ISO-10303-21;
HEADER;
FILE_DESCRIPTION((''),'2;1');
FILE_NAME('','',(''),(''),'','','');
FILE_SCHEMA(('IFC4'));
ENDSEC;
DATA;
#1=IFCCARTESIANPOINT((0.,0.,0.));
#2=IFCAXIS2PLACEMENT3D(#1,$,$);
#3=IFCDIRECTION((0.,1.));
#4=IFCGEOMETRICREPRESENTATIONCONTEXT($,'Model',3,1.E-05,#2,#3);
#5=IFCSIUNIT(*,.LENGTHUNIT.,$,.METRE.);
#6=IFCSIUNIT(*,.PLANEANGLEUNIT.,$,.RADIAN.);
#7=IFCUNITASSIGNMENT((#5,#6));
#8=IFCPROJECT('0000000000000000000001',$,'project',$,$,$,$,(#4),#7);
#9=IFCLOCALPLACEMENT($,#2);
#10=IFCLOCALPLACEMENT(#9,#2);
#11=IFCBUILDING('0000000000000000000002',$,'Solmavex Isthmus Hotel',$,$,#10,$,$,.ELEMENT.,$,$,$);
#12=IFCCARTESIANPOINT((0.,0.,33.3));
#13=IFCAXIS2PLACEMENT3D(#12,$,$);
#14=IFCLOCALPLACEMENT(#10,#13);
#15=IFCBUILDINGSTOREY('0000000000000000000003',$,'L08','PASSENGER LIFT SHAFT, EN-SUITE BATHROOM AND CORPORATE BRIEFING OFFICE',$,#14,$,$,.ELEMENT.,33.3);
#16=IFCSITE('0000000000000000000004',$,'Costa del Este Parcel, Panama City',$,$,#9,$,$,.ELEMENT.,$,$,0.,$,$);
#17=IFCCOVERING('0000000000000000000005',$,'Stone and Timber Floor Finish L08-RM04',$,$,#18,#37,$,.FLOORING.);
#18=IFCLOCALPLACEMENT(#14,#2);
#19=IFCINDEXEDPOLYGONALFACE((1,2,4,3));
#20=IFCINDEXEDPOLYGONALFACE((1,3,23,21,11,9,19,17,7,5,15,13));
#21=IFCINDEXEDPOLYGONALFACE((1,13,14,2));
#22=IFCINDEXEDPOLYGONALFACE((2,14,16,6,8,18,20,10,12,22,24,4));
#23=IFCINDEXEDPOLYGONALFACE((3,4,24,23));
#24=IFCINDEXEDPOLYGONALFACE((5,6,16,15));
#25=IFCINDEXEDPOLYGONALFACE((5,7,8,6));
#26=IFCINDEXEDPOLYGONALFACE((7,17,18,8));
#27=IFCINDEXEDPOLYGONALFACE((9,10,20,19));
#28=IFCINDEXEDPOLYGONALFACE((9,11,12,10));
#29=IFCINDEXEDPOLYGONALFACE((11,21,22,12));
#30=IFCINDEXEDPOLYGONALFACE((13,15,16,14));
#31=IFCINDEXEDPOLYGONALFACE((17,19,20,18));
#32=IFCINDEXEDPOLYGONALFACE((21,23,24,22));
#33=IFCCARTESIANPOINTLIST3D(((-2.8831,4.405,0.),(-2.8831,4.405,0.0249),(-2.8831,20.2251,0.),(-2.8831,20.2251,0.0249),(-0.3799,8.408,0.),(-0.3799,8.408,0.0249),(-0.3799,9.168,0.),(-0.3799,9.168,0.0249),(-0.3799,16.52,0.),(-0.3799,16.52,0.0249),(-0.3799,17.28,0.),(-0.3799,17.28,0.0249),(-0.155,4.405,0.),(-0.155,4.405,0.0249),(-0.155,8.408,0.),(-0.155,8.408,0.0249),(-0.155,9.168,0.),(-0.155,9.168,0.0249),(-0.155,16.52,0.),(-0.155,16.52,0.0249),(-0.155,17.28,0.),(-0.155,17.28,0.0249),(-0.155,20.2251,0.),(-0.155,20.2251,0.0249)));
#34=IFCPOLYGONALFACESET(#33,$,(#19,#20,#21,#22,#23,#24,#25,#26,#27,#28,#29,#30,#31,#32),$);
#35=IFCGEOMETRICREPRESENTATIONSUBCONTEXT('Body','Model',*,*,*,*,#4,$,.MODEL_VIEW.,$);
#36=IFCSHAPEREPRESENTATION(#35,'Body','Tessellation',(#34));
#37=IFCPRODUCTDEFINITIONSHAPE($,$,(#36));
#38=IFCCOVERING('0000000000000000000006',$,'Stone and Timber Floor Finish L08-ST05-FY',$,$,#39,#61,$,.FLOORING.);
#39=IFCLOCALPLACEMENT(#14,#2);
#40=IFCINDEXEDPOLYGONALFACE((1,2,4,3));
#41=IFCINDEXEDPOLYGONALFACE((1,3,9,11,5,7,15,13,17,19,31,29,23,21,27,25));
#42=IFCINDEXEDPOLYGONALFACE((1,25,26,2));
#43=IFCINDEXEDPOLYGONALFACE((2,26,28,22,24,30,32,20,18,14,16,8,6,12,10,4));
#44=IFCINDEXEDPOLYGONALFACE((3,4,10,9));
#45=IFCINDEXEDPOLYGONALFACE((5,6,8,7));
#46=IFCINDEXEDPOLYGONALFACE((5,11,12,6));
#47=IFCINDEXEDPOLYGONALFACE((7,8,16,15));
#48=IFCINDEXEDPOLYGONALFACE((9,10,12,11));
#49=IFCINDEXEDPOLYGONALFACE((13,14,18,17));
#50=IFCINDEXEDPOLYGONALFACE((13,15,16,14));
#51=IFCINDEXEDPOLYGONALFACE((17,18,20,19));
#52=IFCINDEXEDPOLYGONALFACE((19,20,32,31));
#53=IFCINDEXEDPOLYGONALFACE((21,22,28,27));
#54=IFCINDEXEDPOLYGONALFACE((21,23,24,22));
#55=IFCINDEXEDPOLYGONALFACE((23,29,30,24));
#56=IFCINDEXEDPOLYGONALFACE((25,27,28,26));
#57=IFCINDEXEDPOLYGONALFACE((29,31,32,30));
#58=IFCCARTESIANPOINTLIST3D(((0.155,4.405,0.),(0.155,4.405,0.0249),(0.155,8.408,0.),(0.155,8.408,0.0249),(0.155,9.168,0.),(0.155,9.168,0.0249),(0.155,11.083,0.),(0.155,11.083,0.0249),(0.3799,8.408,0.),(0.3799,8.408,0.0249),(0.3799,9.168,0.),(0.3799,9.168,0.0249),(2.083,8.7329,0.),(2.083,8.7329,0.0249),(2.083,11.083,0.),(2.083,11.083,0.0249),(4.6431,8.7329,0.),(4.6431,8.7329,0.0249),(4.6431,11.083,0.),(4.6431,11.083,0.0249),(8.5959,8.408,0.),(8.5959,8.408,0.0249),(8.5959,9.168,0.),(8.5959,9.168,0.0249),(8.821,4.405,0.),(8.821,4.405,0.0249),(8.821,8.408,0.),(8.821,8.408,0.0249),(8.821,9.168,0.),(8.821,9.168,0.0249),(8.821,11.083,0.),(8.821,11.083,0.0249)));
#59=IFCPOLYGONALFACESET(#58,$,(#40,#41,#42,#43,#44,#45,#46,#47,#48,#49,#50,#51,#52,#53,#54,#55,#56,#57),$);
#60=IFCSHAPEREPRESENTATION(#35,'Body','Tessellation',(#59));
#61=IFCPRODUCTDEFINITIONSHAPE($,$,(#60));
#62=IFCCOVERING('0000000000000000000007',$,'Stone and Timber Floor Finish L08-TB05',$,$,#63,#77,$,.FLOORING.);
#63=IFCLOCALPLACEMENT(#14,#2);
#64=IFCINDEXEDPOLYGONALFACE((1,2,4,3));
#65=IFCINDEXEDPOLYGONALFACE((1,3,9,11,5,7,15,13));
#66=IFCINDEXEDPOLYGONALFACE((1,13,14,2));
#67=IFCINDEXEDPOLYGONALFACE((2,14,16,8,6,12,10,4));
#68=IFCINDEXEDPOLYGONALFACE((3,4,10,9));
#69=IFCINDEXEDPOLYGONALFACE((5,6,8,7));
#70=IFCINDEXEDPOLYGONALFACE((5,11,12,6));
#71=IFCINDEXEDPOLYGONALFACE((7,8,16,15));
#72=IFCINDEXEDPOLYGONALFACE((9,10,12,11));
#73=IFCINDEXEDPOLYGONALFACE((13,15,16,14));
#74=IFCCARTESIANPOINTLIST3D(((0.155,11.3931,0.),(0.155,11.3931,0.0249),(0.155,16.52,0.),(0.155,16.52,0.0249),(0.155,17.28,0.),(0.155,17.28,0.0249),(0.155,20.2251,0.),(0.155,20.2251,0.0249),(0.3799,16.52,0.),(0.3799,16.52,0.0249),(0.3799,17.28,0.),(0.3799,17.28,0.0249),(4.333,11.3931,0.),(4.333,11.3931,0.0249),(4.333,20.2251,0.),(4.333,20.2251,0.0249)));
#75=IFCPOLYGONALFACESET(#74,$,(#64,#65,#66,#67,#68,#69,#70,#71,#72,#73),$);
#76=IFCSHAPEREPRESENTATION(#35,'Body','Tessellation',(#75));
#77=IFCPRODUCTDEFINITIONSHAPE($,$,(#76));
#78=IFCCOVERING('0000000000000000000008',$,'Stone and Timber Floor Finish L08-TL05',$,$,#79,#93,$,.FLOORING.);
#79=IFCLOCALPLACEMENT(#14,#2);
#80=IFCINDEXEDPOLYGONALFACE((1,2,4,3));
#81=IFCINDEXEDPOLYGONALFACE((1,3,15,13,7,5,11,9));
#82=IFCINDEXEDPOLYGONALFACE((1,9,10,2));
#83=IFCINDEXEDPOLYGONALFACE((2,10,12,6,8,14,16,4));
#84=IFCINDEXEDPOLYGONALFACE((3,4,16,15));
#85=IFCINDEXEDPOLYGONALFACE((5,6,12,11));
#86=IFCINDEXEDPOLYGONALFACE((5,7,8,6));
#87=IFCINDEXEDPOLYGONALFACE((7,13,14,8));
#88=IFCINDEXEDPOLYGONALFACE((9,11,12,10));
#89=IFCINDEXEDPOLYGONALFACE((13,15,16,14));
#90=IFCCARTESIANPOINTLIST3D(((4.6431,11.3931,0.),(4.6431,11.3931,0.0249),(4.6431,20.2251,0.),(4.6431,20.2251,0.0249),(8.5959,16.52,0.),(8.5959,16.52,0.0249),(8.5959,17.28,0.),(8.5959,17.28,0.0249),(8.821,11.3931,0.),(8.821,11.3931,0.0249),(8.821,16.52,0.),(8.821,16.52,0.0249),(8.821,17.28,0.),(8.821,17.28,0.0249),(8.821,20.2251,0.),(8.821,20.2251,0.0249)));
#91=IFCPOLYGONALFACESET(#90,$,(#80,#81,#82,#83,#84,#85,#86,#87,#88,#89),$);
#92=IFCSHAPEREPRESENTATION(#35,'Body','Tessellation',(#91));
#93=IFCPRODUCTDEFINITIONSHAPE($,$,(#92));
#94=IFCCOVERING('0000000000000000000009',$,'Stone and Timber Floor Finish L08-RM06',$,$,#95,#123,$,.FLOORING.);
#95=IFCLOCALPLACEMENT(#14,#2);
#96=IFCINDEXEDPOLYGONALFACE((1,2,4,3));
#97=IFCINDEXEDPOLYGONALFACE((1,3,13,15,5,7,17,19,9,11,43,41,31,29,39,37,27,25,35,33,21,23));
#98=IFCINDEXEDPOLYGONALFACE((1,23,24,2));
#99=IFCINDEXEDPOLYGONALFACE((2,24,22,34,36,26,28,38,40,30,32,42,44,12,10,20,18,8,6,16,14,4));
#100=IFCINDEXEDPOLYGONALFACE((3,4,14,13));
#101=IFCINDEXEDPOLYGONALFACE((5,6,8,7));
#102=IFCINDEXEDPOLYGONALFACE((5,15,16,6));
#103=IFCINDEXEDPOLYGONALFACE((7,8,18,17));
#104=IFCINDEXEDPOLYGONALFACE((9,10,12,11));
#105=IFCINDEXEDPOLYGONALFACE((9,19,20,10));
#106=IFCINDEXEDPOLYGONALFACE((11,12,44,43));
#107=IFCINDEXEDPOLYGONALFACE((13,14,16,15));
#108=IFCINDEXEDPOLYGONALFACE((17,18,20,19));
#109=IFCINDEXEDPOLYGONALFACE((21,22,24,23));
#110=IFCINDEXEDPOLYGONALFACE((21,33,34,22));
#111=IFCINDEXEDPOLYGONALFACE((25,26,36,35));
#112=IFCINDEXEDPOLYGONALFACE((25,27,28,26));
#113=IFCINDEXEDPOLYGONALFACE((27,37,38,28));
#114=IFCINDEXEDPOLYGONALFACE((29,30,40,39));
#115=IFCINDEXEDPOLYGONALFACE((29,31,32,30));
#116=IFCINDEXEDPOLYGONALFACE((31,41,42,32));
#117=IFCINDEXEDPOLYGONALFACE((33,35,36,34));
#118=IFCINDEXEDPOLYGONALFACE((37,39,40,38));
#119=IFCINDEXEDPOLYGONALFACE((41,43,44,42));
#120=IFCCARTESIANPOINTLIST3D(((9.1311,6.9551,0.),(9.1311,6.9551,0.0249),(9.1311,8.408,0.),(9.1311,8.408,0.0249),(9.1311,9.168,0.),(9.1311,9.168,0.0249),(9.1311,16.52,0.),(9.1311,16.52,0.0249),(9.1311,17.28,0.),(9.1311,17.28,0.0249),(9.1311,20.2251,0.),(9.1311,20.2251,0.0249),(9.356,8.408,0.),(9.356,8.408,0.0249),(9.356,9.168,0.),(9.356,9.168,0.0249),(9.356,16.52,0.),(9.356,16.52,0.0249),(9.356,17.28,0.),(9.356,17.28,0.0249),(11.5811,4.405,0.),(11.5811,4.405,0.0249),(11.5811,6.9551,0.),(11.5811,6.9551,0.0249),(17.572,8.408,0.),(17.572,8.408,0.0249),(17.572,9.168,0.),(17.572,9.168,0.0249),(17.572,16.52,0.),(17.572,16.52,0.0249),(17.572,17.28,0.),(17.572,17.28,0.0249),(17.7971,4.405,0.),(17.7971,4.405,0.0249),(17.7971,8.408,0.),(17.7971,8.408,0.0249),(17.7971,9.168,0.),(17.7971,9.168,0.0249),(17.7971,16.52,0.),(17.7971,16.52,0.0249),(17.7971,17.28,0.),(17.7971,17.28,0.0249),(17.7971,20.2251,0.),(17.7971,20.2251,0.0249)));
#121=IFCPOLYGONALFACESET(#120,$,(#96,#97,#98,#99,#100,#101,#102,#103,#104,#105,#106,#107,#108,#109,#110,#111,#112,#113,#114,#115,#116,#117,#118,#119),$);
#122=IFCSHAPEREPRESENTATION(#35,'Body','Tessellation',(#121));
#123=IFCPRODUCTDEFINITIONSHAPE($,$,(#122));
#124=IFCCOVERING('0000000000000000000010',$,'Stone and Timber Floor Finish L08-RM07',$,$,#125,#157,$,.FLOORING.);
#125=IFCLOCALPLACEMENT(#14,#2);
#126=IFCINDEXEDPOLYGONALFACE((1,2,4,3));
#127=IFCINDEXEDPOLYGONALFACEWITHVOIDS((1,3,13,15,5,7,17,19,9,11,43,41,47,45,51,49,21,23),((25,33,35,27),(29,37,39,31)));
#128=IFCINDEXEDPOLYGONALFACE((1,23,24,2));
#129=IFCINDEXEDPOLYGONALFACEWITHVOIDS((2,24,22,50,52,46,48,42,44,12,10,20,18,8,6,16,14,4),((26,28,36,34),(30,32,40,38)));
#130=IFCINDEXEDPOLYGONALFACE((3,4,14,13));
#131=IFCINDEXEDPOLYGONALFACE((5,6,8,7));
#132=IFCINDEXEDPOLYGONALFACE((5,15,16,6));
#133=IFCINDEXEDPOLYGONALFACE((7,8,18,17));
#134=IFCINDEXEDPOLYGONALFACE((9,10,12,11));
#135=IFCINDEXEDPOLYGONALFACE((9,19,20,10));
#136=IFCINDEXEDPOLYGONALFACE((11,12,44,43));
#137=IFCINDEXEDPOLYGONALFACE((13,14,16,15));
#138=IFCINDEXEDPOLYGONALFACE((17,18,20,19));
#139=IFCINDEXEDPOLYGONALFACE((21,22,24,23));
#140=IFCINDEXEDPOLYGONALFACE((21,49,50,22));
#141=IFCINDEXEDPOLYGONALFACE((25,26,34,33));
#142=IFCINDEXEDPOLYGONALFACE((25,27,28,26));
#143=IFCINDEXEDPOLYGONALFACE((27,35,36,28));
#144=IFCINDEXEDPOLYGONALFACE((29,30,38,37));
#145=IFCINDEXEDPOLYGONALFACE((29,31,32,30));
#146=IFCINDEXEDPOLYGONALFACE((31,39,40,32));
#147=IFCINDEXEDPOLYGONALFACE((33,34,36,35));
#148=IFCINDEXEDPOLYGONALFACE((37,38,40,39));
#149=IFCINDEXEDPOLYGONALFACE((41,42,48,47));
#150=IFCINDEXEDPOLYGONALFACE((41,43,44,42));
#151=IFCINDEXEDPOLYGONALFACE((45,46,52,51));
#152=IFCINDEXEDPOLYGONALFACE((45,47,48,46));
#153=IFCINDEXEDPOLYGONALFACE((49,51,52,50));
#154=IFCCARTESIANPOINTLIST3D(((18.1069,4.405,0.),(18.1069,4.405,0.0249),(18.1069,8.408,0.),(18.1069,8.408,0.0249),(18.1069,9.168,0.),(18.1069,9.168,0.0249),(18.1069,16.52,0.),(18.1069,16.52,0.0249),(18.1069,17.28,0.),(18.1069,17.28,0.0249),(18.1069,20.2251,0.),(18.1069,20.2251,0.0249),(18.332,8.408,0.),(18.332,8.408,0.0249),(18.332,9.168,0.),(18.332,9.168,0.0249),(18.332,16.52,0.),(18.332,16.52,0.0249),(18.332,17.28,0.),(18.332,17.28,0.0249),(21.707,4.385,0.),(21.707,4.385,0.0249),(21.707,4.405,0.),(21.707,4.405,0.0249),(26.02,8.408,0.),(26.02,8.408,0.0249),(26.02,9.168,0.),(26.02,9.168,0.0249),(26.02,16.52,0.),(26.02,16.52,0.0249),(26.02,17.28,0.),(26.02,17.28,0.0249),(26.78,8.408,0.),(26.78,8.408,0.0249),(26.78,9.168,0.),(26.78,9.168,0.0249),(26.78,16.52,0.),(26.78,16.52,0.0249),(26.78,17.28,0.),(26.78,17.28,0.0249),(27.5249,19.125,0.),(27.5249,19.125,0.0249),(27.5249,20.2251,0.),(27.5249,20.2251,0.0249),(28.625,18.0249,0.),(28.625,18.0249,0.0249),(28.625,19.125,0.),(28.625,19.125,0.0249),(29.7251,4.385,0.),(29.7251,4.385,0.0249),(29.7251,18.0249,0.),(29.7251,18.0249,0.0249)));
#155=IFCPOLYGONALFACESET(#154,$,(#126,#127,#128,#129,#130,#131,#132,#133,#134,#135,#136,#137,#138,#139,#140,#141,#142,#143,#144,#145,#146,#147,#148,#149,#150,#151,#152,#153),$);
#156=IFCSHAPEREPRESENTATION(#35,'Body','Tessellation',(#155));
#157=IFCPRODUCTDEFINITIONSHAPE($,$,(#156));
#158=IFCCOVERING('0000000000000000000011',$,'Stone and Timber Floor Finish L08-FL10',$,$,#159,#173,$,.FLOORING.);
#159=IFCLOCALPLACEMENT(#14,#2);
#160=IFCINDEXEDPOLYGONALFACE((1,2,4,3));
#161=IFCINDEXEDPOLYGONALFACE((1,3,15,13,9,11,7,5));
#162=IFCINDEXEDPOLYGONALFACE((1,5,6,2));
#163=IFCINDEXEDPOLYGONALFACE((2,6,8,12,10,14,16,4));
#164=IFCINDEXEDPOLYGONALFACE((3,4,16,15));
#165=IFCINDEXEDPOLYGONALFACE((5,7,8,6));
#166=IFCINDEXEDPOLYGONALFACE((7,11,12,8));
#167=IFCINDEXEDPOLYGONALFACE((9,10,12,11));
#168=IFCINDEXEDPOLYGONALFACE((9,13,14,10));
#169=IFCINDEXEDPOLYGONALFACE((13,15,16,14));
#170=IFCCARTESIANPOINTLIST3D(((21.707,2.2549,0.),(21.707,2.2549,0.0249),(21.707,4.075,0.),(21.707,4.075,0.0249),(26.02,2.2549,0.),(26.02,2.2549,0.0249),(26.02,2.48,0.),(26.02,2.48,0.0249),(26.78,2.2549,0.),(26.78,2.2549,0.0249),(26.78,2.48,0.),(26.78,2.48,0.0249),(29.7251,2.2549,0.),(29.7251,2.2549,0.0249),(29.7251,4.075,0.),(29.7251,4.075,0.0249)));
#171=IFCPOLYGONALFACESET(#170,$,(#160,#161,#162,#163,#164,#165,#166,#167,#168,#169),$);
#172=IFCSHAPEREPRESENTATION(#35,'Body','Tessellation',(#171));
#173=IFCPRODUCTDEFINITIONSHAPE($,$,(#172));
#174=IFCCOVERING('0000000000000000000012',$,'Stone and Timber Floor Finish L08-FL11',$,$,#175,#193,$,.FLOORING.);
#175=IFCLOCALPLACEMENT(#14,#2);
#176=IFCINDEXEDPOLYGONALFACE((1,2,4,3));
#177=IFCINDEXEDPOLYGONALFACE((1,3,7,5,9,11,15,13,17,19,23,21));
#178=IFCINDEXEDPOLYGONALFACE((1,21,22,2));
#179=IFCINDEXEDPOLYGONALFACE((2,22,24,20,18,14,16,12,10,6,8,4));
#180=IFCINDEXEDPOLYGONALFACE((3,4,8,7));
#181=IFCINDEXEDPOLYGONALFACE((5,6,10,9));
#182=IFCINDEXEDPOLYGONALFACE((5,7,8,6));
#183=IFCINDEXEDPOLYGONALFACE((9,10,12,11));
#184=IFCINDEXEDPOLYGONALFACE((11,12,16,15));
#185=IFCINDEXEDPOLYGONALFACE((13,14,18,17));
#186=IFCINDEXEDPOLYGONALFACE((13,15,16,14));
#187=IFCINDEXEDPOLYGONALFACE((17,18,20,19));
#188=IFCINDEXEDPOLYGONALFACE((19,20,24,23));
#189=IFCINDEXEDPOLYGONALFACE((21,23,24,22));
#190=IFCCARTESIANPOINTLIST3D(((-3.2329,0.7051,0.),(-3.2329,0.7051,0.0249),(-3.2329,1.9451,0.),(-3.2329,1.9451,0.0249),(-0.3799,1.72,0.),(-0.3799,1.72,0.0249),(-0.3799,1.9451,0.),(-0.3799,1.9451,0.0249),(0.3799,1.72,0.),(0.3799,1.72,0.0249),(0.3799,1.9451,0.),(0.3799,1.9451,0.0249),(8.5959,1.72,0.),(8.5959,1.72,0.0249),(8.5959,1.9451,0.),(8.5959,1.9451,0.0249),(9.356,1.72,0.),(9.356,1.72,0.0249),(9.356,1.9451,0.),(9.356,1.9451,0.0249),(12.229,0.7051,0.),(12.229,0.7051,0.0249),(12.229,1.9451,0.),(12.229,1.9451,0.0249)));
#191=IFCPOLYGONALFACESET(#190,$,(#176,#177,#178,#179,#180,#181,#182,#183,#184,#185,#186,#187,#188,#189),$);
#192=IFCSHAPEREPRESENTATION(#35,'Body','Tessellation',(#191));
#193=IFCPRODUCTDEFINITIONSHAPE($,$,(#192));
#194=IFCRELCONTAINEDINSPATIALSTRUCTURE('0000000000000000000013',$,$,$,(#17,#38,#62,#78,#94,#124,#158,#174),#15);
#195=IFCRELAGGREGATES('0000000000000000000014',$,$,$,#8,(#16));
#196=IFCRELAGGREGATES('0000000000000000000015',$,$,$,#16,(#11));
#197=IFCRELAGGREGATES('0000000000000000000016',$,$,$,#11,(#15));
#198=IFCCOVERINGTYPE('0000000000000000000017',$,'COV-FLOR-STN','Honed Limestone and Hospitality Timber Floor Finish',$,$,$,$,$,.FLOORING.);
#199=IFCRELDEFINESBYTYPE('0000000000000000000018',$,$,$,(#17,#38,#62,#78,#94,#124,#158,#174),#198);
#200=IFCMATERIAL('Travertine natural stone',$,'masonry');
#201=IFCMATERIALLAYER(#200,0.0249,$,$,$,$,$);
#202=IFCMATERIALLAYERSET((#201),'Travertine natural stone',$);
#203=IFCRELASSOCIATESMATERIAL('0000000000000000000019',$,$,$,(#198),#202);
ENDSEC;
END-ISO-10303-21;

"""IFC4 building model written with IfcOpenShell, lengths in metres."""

from ifc_helpers import new_model, si_unit, direction, frame, origin, place, context, subcontext, project, spatial, polyline, outline, extrude, material, layer, layer_set, type_object, element, save


model = new_model("IFC4")

# Units and contexts
model_context = context("Model", 3, precision=1e-05, world=origin(), true_north=direction((0.0, 1.0)))
body_context = subcontext(model_context, "Body", "Model", "MODEL_VIEW")
ifc_project = project(units=[si_unit("LENGTHUNIT", "METRE"), si_unit("PLANEANGLEUNIT", "RADIAN")], contexts=[model_context])

# Site, building, storey
site_placement = place(None, origin())
site = spatial("IfcSite", under=ifc_project, at=site_placement, Name="Costa del Este Parcel, Panama City", CompositionType="ELEMENT", RefElevation=0.0)
building_placement = place(site_placement, origin())
building = spatial("IfcBuilding", under=site, at=building_placement, Name="Solmavex Isthmus Hotel", CompositionType="ELEMENT")
storey_placement = place(building_placement, frame((0.0, 0.0, 33.3)))
storey = spatial("IfcBuildingStorey", under=building, at=storey_placement, Name="L08", Description="PASSENGER LIFT SHAFT, EN-SUITE BATHROOM AND CORPORATE BRIEFING OFFICE", CompositionType="ELEMENT", Elevation=33.3)

# Coverings
ifc_material_1 = material(Name="Travertine natural stone", Category="masonry")
ifc_layer_1 = layer(ifc_material_1, 0.0249)
ifc_layer_set_1 = layer_set([ifc_layer_1], Name="Travertine natural stone")
covering_type_1 = type_object("IfcCoveringType", Name="COV-FLOR-STN", Description="Honed Limestone and Hospitality Timber Floor Finish", PredefinedType="FLOORING", material=ifc_layer_set_1)
covering_1_placement = place(storey_placement, origin())
element("IfcCovering", 1, at=covering_1_placement, inside=storey, type_object=covering_type_1, Name="Stone and Timber Floor Finish L08-RM04", PredefinedType="FLOORING", context=body_context, shape_type="SweptSolid", body=[
    extrude(outline(polyline([(-0.155, 16.52), (-0.3799, 16.52), (-0.3799, 17.28), (-0.155, 17.28), (-0.155, 20.2251), (-2.8831, 20.2251), (-2.8831, 4.405), (-0.155, 4.405), (-0.155, 8.408), (-0.3799, 8.408), (-0.3799, 9.168), (-0.155, 9.168), (-0.155, 16.52)])), origin(), (0.0, 0.0, 1.0), 0.0249),
])
covering_2_placement = place(storey_placement, origin())
element("IfcCovering", 2, at=covering_2_placement, inside=storey, type_object=covering_type_1, Name="Stone and Timber Floor Finish L08-ST05-FY", PredefinedType="FLOORING", context=body_context, shape_type="SweptSolid", body=[
    extrude(outline(polyline([(8.821, 8.408), (8.5959, 8.408), (8.5959, 9.168), (8.821, 9.168), (8.821, 11.083), (4.6431, 11.083), (4.6431, 8.7329), (2.083, 8.7329), (2.083, 11.083), (0.155, 11.083), (0.155, 9.168), (0.3799, 9.168), (0.3799, 8.408), (0.155, 8.408), (0.155, 4.405), (8.821, 4.405), (8.821, 8.408)])), origin(), (0.0, 0.0, 1.0), 0.0249),
])
covering_3_placement = place(storey_placement, origin())
element("IfcCovering", 3, at=covering_3_placement, inside=storey, type_object=covering_type_1, Name="Stone and Timber Floor Finish L08-TB05", PredefinedType="FLOORING", context=body_context, shape_type="SweptSolid", body=[
    extrude(outline(polyline([(0.155, 17.28), (0.3799, 17.28), (0.3799, 16.52), (0.155, 16.52), (0.155, 11.3931), (4.333, 11.3931), (4.333, 20.2251), (0.155, 20.2251), (0.155, 17.28)])), origin(), (0.0, 0.0, 1.0), 0.0249),
])
covering_4_placement = place(storey_placement, origin())
element("IfcCovering", 4, at=covering_4_placement, inside=storey, type_object=covering_type_1, Name="Stone and Timber Floor Finish L08-TL05", PredefinedType="FLOORING", context=body_context, shape_type="SweptSolid", body=[
    extrude(outline(polyline([(8.821, 16.52), (8.5959, 16.52), (8.5959, 17.28), (8.821, 17.28), (8.821, 20.2251), (4.6431, 20.2251), (4.6431, 11.3931), (8.821, 11.3931), (8.821, 16.52)])), origin(), (0.0, 0.0, 1.0), 0.0249),
])
covering_5_placement = place(storey_placement, origin())
element("IfcCovering", 5, at=covering_5_placement, inside=storey, type_object=covering_type_1, Name="Stone and Timber Floor Finish L08-RM06", PredefinedType="FLOORING", context=body_context, shape_type="SweptSolid", body=[
    extrude(outline(polyline([(9.1311, 9.168), (9.356, 9.168), (9.356, 8.408), (9.1311, 8.408), (9.1311, 6.9551), (11.5811, 6.9551), (11.5811, 4.405), (17.7971, 4.405), (17.7971, 8.408), (17.572, 8.408), (17.572, 9.168), (17.7971, 9.168), (17.7971, 16.52), (17.572, 16.52), (17.572, 17.28), (17.7971, 17.28), (17.7971, 20.2251), (9.1311, 20.2251), (9.1311, 17.28), (9.356, 17.28), (9.356, 16.52), (9.1311, 16.52), (9.1311, 9.168)])), origin(), (0.0, 0.0, 1.0), 0.0249),
])
covering_6_placement = place(storey_placement, origin())
element("IfcCovering", 6, at=covering_6_placement, inside=storey, type_object=covering_type_1, Name="Stone and Timber Floor Finish L08-RM07", PredefinedType="FLOORING", context=body_context, shape_type="SweptSolid", body=[
    extrude(outline(polyline([(18.1069, 9.168), (18.332, 9.168), (18.332, 8.408), (18.1069, 8.408), (18.1069, 4.405), (21.707, 4.405), (21.707, 4.385), (29.7251, 4.385), (29.7251, 18.0249), (28.625, 18.0249), (28.625, 19.125), (27.5249, 19.125), (27.5249, 20.2251), (18.1069, 20.2251), (18.1069, 17.28), (18.332, 17.28), (18.332, 16.52), (18.1069, 16.52), (18.1069, 9.168)]), holes=[polyline([(26.02, 8.408), (26.02, 9.168), (26.78, 9.168), (26.78, 8.408), (26.02, 8.408)]), polyline([(26.02, 16.52), (26.02, 17.28), (26.78, 17.28), (26.78, 16.52), (26.02, 16.52)])]), origin(), (0.0, 0.0, 1.0), 0.0249),
])
covering_7_placement = place(storey_placement, origin())
element("IfcCovering", 7, at=covering_7_placement, inside=storey, type_object=covering_type_1, Name="Stone and Timber Floor Finish L08-FL10", PredefinedType="FLOORING", context=body_context, shape_type="SweptSolid", body=[
    extrude(outline(polyline([(26.02, 2.2549), (26.02, 2.48), (26.78, 2.48), (26.78, 2.2549), (29.7251, 2.2549), (29.7251, 4.075), (21.707, 4.075), (21.707, 2.2549), (26.02, 2.2549)])), origin(), (0.0, 0.0, 1.0), 0.0249),
])
covering_8_placement = place(storey_placement, origin())
element("IfcCovering", 8, at=covering_8_placement, inside=storey, type_object=covering_type_1, Name="Stone and Timber Floor Finish L08-FL11", PredefinedType="FLOORING", context=body_context, shape_type="SweptSolid", body=[
    extrude(outline(polyline([(0.3799, 1.9451), (0.3799, 1.72), (-0.3799, 1.72), (-0.3799, 1.9451), (-3.2329, 1.9451), (-3.2329, 0.7051), (12.229, 0.7051), (12.229, 1.9451), (9.356, 1.9451), (9.356, 1.72), (8.5959, 1.72), (8.5959, 1.9451), (0.3799, 1.9451)])), origin(), (0.0, 0.0, 1.0), 0.0249),
])

save(model, "model.ifc")
